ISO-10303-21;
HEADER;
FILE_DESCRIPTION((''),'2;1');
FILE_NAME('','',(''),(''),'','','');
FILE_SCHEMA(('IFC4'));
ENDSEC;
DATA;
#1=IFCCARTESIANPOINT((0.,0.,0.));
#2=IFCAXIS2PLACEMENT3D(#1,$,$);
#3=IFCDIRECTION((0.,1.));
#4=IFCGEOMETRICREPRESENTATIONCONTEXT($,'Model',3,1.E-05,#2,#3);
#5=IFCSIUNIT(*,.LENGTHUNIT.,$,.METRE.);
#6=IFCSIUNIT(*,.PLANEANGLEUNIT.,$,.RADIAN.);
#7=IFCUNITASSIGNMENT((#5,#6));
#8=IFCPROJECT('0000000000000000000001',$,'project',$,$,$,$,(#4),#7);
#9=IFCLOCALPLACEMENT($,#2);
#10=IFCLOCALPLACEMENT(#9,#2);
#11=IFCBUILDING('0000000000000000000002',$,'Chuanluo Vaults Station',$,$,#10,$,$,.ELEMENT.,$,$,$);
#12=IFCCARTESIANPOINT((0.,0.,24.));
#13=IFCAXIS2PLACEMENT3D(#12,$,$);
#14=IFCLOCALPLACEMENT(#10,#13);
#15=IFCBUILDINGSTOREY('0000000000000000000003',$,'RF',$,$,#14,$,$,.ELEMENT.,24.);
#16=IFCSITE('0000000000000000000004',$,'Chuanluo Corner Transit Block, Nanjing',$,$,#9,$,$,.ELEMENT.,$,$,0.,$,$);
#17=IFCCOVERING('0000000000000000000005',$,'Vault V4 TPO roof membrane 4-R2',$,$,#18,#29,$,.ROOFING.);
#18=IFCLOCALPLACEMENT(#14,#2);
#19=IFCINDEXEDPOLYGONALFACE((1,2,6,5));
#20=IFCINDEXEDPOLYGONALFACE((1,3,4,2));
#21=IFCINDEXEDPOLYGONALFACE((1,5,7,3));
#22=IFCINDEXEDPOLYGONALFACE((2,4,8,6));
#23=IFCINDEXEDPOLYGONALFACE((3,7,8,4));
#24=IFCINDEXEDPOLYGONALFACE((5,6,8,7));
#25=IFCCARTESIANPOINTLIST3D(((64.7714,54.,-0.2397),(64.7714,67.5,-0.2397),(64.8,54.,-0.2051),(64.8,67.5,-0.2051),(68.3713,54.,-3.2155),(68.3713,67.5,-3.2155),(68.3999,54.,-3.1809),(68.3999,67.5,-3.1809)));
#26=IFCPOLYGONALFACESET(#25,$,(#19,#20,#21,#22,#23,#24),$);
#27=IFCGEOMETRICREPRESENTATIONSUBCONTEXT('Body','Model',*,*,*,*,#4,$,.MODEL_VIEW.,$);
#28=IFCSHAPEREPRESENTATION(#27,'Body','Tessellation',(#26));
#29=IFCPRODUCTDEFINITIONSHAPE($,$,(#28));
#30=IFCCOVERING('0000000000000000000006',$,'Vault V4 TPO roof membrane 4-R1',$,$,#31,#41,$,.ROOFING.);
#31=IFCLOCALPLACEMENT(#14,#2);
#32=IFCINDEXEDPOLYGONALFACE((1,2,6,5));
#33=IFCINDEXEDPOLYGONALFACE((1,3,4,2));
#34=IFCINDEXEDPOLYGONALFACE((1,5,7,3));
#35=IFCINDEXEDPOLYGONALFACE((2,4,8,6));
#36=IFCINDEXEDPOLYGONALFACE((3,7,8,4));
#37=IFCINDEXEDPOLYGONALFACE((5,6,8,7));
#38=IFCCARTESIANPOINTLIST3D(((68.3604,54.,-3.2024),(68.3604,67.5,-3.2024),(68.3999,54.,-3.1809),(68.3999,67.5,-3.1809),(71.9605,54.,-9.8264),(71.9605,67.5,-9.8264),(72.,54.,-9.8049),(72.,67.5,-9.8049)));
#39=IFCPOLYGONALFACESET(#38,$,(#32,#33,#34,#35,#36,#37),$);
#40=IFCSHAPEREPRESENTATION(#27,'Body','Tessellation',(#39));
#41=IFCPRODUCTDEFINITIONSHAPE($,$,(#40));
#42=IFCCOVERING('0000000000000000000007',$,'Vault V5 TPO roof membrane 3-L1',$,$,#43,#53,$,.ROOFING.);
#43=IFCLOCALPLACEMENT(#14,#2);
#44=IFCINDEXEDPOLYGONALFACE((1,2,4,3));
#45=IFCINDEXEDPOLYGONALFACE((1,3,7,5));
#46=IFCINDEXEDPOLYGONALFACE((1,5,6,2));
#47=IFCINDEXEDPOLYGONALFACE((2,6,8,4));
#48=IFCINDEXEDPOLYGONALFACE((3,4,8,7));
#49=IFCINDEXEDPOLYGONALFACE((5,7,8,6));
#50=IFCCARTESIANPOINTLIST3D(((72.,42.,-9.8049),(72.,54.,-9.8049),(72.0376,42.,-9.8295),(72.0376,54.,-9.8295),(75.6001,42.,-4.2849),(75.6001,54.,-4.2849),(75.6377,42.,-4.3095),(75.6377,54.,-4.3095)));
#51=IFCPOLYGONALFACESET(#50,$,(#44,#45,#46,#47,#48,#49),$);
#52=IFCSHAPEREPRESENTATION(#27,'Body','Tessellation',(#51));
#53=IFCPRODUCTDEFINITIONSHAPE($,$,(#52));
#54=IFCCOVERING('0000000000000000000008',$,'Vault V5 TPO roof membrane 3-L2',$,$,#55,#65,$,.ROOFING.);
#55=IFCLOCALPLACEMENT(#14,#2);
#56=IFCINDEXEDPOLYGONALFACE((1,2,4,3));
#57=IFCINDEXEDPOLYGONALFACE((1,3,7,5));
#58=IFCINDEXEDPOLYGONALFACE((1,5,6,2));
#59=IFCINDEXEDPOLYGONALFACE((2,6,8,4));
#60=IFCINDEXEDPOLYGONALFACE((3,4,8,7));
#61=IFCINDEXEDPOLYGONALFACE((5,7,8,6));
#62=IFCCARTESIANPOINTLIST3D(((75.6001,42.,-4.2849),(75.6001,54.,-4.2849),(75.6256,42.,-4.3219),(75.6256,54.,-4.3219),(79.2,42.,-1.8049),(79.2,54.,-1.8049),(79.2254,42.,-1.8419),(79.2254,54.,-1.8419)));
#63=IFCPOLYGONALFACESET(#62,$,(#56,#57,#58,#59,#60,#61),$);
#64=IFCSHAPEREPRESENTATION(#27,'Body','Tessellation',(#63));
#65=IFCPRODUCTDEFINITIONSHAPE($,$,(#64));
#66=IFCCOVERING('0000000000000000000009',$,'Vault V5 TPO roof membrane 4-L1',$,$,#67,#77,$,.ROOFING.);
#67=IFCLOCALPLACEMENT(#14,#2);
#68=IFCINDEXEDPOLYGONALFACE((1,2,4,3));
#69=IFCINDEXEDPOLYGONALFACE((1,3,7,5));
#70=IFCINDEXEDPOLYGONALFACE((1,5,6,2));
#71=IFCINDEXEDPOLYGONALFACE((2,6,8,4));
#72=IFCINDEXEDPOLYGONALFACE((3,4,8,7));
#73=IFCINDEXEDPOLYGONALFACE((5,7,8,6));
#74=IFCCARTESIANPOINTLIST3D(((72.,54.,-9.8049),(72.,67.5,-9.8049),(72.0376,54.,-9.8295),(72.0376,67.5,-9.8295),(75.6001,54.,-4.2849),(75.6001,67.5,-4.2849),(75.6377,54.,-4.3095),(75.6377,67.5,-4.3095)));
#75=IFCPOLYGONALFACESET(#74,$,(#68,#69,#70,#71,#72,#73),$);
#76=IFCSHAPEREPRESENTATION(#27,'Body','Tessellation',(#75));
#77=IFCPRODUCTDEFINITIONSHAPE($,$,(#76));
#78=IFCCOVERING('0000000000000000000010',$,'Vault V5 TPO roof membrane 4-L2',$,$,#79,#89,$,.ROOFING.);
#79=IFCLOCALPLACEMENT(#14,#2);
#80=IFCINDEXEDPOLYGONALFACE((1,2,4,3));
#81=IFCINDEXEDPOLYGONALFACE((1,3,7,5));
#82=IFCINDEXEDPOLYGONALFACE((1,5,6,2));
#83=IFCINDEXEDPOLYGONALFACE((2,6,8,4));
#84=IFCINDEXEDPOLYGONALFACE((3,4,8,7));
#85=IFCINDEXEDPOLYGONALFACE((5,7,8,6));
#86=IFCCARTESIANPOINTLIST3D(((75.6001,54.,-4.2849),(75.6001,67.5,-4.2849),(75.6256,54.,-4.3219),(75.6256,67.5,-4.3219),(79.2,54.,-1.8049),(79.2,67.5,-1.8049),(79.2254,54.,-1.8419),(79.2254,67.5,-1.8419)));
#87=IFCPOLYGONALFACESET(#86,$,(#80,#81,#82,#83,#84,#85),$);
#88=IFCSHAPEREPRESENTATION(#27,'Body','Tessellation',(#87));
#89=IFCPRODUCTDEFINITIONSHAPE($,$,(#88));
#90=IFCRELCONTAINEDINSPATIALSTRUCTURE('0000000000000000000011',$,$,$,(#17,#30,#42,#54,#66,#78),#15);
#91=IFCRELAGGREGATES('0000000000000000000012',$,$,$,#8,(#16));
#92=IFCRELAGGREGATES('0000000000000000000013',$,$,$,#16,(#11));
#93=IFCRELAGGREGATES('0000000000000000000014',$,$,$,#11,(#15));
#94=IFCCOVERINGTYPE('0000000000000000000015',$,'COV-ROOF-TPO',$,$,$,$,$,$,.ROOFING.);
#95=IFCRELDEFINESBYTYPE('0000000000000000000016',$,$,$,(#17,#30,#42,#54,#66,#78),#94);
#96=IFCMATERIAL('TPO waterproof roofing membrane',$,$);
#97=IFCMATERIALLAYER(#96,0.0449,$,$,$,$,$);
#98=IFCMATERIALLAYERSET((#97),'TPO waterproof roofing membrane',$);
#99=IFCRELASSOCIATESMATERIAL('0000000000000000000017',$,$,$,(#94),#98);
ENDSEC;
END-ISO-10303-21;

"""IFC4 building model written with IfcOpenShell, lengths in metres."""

from ifc_helpers import new_model, si_unit, direction, frame, origin, place, context, subcontext, project, spatial, polyline, outline, extrude, material, layer, layer_set, type_object, element, save


model = new_model("IFC4")

# Units and contexts
model_context = context("Model", 3, precision=1e-05, world=origin(), true_north=direction((0.0, 1.0)))
body_context = subcontext(model_context, "Body", "Model", "MODEL_VIEW")
ifc_project = project(units=[si_unit("LENGTHUNIT", "METRE"), si_unit("PLANEANGLEUNIT", "RADIAN")], contexts=[model_context])

# Site, building, storey
site_placement = place(None, origin())
site = spatial("IfcSite", under=ifc_project, at=site_placement, Name="Chuanluo Corner Transit Block, Nanjing", CompositionType="ELEMENT", RefElevation=0.0)
building_placement = place(site_placement, origin())
building = spatial("IfcBuilding", under=site, at=building_placement, Name="Chuanluo Vaults Station", CompositionType="ELEMENT")
storey_placement = place(building_placement, frame((0.0, 0.0, 24.0)))
storey = spatial("IfcBuildingStorey", under=building, at=storey_placement, Name="RF", CompositionType="ELEMENT", Elevation=24.0)

# Coverings
ifc_material_1 = material(Name="TPO waterproof roofing membrane")
ifc_layer_1 = layer(ifc_material_1, 0.0449)
ifc_layer_set_1 = layer_set([ifc_layer_1], Name="TPO waterproof roofing membrane")
covering_type = type_object("IfcCoveringType", Name="COV-ROOF-TPO", PredefinedType="ROOFING", material=ifc_layer_set_1)
covering_1_placement = place(storey_placement, frame((64.8, 54.0, -0.2051), z_axis=(0.637141, 0.0, 0.770747), x_axis=(0.770747, 0.0, -0.637141)))
element("IfcCovering", 1, at=covering_1_placement, inside=storey, type_object=covering_type, Name="Vault V4 TPO roof membrane 4-R2", PredefinedType="ROOFING", context=body_context, shape_type="SweptSolid", body=[
    extrude(outline(polyline([(0.0, 0.0), (4.6706, 0.0), (4.6706, 13.5), (0.0, 13.5), (0.0, 0.0)])), origin(), (0.0, 0.0, -1.0), 0.0449),
])
covering_2_placement = place(storey_placement, frame((68.3999, 54.0, -3.1809), z_axis=(0.87862, 0.0, 0.477522), x_axis=(0.477522, 0.0, -0.87862)))
element("IfcCovering", 2, at=covering_2_placement, inside=storey, type_object=covering_type, Name="Vault V4 TPO roof membrane 4-R1", PredefinedType="ROOFING", context=body_context, shape_type="SweptSolid", body=[
    extrude(outline(polyline([(0.0, 0.0), (7.5391, 0.0), (7.5391, 13.5), (0.0, 13.5), (0.0, 0.0)])), origin(), (0.0, 0.0, -1.0), 0.0449),
])
covering_3_placement = place(storey_placement, frame((72.0, 42.0, -9.8049), z_axis=(-0.837605, 0.0, 0.546277), x_axis=(0.546277, 0.0, 0.837605)))
element("IfcCovering", 3, at=covering_3_placement, inside=storey, type_object=covering_type, Name="Vault V5 TPO roof membrane 3-L1", PredefinedType="ROOFING", context=body_context, shape_type="SweptSolid", body=[
    extrude(outline(polyline([(0.0, 0.0), (6.5902, 0.0), (6.5902, 12.0), (0.0, 12.0), (0.0, 0.0)])), origin(), (0.0, 0.0, -1.0), 0.0449),
])
covering_4_placement = place(storey_placement, frame((75.6001, 42.0, -4.2849), z_axis=(-0.567318, 0.0, 0.823499), x_axis=(0.823499, 0.0, 0.567318)))
element("IfcCovering", 4, at=covering_4_placement, inside=storey, type_object=covering_type, Name="Vault V5 TPO roof membrane 3-L2", PredefinedType="ROOFING", context=body_context, shape_type="SweptSolid", body=[
    extrude(outline(polyline([(0.0, 0.0), (4.3714, 0.0), (4.3714, 12.0), (0.0, 12.0), (0.0, 0.0)])), origin(), (0.0, 0.0, -1.0), 0.0449),
])
covering_5_placement = place(storey_placement, frame((72.0, 54.0, -9.8049), z_axis=(-0.837605, 0.0, 0.546277), x_axis=(0.546277, 0.0, 0.837605)))
element("IfcCovering", 5, at=covering_5_placement, inside=storey, type_object=covering_type, Name="Vault V5 TPO roof membrane 4-L1", PredefinedType="ROOFING", context=body_context, shape_type="SweptSolid", body=[
    extrude(outline(polyline([(0.0, 0.0), (6.5902, 0.0), (6.5902, 13.5), (0.0, 13.5), (0.0, 0.0)])), origin(), (0.0, 0.0, -1.0), 0.0449),
])
covering_6_placement = place(storey_placement, frame((75.6001, 54.0, -4.2849), z_axis=(-0.567318, 0.0, 0.823499), x_axis=(0.823499, 0.0, 0.567318)))
element("IfcCovering", 6, at=covering_6_placement, inside=storey, type_object=covering_type, Name="Vault V5 TPO roof membrane 4-L2", PredefinedType="ROOFING", context=body_context, shape_type="SweptSolid", body=[
    extrude(outline(polyline([(0.0, 0.0), (4.3714, 0.0), (4.3714, 13.5), (0.0, 13.5), (0.0, 0.0)])), origin(), (0.0, 0.0, -1.0), 0.0449),
])

save(model, "model.ifc")
